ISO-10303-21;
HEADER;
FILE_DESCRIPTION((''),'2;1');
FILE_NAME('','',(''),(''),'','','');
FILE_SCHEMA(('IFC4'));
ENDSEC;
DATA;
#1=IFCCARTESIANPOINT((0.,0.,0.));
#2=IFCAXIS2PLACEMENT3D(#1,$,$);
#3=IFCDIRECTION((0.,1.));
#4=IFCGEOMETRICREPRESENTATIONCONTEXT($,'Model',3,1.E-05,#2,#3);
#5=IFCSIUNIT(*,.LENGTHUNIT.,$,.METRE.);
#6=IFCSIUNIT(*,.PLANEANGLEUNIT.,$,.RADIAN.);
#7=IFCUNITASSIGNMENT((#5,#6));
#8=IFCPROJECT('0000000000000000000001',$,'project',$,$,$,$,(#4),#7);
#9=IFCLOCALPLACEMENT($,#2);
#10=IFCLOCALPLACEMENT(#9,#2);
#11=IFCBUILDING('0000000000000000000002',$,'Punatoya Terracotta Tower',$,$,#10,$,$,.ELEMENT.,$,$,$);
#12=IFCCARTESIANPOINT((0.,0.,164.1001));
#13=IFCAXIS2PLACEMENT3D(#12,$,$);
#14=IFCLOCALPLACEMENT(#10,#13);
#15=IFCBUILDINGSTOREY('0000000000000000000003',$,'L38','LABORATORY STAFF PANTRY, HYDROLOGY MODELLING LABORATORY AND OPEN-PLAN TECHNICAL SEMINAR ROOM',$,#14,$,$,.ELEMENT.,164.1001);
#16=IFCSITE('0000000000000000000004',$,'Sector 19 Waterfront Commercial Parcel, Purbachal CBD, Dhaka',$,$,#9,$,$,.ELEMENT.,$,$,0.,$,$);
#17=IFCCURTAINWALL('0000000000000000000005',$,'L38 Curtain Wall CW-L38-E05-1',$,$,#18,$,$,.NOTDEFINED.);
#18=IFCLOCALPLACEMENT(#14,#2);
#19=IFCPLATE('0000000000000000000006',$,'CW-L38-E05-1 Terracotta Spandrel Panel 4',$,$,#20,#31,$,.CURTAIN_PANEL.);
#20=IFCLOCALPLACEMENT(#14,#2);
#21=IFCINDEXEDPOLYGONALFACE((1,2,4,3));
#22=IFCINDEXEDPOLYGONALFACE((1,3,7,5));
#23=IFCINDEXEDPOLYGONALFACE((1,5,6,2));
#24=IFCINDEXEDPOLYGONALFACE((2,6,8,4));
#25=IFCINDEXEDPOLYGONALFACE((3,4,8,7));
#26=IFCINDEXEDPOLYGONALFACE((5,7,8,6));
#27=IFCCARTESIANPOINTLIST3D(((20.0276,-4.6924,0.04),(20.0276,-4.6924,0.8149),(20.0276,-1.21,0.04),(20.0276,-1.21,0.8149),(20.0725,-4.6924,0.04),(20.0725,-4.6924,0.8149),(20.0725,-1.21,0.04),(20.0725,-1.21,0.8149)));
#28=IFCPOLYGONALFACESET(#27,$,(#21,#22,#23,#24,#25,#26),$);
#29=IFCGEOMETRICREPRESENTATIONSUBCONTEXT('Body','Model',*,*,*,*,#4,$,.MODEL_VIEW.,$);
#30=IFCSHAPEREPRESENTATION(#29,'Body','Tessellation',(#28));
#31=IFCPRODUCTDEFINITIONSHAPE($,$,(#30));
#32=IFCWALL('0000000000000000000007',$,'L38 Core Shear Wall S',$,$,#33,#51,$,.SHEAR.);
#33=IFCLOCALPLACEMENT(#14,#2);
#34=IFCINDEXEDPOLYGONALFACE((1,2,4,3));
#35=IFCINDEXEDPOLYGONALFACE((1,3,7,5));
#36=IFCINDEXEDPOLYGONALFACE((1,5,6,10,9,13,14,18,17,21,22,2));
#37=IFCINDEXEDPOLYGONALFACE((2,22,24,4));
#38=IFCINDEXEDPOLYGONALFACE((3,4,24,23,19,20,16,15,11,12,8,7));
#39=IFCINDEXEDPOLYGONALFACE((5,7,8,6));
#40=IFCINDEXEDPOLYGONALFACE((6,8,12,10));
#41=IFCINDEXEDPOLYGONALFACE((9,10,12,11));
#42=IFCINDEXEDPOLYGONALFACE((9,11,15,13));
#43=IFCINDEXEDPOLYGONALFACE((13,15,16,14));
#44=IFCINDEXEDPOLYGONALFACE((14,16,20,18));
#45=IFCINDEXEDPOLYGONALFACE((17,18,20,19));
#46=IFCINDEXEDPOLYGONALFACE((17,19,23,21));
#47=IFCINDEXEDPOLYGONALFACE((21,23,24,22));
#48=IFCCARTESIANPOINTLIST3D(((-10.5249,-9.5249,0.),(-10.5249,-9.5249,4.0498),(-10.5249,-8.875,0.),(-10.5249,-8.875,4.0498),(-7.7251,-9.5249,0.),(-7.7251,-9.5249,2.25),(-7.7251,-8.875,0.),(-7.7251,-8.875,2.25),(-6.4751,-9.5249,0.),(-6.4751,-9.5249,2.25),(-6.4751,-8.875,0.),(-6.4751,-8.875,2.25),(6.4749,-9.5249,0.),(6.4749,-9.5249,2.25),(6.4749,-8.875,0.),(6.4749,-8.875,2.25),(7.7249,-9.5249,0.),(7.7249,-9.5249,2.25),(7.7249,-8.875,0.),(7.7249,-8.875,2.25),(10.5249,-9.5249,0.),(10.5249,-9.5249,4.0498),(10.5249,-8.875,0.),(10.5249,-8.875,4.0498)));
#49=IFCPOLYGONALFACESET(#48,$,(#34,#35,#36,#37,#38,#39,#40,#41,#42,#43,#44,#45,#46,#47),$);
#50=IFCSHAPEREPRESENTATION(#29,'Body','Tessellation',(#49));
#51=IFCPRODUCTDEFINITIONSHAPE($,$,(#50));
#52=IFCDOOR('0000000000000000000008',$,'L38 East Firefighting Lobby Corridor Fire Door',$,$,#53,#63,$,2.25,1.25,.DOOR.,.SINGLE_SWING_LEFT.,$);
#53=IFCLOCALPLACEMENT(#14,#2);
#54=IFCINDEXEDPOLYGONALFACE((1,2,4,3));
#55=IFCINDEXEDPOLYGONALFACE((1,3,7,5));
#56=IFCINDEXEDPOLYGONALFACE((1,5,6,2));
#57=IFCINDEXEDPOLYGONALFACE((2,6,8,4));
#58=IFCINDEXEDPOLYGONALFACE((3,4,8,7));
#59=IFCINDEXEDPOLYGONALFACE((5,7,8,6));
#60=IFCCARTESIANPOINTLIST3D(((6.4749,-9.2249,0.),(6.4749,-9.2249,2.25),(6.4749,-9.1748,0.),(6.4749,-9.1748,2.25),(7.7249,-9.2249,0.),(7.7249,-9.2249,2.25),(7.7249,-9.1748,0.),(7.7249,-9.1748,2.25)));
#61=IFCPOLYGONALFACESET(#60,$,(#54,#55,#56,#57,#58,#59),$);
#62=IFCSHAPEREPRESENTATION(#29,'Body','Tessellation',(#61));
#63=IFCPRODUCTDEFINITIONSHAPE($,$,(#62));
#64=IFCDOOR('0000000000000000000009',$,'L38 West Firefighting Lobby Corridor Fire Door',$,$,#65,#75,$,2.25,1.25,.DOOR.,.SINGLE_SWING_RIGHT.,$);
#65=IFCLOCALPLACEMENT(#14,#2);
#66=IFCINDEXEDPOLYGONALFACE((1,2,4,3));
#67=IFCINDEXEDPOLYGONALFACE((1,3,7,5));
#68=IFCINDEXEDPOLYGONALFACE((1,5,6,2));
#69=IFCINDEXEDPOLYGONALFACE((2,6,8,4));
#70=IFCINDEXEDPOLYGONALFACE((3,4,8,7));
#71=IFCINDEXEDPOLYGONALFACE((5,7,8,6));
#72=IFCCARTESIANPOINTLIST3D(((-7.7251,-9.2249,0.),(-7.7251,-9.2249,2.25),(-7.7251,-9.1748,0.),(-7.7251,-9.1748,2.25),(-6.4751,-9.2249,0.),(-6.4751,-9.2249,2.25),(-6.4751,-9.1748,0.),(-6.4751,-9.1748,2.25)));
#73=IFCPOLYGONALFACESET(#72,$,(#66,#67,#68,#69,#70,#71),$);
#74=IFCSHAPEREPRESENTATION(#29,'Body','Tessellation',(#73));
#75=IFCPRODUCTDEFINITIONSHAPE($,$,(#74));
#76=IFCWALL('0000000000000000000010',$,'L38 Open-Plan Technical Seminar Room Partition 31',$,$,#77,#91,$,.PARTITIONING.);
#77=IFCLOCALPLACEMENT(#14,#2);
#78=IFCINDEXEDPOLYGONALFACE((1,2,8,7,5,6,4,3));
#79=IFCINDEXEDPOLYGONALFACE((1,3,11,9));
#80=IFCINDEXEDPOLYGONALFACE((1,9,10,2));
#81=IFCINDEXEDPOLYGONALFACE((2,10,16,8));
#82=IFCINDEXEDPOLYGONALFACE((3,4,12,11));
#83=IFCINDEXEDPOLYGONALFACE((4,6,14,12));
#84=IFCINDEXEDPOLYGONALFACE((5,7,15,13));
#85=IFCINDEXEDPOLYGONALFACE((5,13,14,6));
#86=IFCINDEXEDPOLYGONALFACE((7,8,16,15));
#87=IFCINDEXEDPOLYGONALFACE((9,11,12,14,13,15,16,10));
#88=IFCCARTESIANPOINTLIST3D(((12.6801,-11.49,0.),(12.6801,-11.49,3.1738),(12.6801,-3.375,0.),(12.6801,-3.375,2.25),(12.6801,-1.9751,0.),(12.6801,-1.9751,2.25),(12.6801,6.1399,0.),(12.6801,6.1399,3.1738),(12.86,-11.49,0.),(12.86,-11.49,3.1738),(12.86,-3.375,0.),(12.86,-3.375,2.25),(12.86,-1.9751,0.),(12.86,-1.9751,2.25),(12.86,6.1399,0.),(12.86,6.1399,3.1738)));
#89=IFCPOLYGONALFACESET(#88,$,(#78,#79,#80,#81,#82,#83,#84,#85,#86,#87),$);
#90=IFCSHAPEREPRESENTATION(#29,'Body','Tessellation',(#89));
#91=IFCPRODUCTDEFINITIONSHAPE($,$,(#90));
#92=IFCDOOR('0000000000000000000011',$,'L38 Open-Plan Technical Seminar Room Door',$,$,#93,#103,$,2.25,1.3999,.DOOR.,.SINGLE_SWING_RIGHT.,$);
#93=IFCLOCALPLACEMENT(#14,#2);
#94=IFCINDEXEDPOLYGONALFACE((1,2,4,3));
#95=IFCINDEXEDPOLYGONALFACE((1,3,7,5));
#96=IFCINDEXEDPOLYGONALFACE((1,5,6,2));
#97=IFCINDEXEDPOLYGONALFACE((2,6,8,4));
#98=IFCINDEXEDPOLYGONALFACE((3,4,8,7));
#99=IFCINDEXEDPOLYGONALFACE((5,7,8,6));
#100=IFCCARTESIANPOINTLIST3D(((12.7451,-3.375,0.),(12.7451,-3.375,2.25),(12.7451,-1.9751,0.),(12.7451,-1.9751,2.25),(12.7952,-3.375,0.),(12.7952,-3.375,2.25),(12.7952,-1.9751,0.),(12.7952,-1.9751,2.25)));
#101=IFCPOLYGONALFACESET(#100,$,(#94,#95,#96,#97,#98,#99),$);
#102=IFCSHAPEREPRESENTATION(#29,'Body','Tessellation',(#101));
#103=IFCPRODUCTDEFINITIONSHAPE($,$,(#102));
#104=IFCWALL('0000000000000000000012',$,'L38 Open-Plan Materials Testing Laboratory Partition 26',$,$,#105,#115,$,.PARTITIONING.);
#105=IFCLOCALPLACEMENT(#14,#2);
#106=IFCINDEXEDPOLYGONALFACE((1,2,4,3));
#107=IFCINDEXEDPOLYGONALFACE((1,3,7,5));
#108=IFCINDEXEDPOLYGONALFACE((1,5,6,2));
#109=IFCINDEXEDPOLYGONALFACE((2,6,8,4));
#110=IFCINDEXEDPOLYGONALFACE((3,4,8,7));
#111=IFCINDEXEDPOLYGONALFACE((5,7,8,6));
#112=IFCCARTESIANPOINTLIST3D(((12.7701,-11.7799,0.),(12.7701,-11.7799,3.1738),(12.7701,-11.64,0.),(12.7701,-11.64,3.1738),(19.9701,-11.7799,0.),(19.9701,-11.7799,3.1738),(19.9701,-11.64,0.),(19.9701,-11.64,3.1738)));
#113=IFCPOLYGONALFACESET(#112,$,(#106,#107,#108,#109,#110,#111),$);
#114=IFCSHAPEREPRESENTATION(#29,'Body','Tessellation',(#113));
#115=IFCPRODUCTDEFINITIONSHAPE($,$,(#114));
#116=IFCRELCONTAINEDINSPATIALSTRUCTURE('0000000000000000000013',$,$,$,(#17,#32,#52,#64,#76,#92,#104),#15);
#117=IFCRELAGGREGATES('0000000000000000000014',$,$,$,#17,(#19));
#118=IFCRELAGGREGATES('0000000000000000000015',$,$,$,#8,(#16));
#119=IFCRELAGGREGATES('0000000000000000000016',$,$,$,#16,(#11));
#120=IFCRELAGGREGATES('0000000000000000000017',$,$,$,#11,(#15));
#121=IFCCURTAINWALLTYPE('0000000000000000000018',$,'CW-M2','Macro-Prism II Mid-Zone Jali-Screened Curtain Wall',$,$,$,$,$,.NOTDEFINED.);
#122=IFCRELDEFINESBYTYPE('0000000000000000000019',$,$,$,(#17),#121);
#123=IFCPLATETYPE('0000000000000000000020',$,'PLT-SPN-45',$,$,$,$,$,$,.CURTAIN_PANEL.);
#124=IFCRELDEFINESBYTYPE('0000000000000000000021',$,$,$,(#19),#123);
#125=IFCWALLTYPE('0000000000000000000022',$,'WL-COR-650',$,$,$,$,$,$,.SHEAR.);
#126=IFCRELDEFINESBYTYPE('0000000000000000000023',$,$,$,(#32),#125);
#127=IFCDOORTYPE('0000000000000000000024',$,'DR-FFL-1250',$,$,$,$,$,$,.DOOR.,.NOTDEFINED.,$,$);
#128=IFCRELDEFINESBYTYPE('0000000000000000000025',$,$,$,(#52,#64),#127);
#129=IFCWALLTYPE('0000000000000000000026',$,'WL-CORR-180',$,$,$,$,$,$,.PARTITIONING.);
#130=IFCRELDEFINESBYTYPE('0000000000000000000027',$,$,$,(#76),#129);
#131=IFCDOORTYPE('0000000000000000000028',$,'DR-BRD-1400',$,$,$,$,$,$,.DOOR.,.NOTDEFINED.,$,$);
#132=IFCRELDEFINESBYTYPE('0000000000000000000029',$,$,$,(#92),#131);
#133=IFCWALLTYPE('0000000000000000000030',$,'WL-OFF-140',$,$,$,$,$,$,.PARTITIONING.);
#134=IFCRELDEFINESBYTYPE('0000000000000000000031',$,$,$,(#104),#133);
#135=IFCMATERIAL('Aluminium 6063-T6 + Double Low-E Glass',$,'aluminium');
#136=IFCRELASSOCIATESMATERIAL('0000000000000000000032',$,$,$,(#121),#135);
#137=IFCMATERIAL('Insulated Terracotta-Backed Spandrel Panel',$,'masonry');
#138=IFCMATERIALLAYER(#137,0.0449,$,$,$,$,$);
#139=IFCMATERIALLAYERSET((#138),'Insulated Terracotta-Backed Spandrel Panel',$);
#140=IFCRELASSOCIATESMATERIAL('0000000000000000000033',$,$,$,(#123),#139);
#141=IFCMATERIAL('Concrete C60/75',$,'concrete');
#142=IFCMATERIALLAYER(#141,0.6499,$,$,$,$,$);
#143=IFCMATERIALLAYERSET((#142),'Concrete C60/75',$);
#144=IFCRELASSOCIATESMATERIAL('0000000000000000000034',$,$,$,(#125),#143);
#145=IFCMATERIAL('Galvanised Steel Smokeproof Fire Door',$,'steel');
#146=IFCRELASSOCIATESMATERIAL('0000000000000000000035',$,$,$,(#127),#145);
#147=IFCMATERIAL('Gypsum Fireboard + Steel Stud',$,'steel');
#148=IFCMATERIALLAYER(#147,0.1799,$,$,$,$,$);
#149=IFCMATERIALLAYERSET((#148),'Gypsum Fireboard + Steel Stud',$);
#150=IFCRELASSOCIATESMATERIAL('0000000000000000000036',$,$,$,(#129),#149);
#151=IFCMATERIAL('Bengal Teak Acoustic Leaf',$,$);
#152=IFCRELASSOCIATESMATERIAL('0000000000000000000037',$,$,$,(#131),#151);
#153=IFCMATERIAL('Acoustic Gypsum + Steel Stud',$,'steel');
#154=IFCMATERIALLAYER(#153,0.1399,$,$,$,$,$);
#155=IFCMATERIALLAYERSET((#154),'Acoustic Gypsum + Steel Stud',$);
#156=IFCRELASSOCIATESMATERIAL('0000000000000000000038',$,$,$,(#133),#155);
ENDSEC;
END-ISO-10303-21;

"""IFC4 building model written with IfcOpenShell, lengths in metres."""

from ifc_helpers import new_model, si_unit, direction, frame, frame_2d, origin, origin_2d, place, context, subcontext, project, spatial, rectangle, extrude, material, layer, layer_set, type_object, element, fill, aggregate, save


model = new_model("IFC4")

# Units and contexts
model_context = context("Model", 3, precision=1e-05, world=origin(), true_north=direction((0.0, 1.0)))
body_context = subcontext(model_context, "Body", "Model", "MODEL_VIEW")
ifc_project = project(units=[si_unit("LENGTHUNIT", "METRE"), si_unit("PLANEANGLEUNIT", "RADIAN")], contexts=[model_context])

# Site, building, storey
site_placement = place(None, origin())
site = spatial("IfcSite", under=ifc_project, at=site_placement, Name="Sector 19 Waterfront Commercial Parcel, Purbachal CBD, Dhaka", CompositionType="ELEMENT", RefElevation=0.0)
building_placement = place(site_placement, origin())
building = spatial("IfcBuilding", under=site, at=building_placement, Name="Punatoya Terracotta Tower", CompositionType="ELEMENT")
storey_placement = place(building_placement, frame((0.0, 0.0, 164.1001)))
storey = spatial("IfcBuildingStorey", under=building, at=storey_placement, Name="L38", Description="LABORATORY STAFF PANTRY, HYDROLOGY MODELLING LABORATORY AND OPEN-PLAN TECHNICAL SEMINAR ROOM", CompositionType="ELEMENT", Elevation=164.1001)

# Curtain wall
ifc_material_1 = material(Name="Aluminium 6063-T6 + Double Low-E Glass", Category="aluminium")
curtain_wall_type = type_object("IfcCurtainWallType", Name="CW-M2", Description="Macro-Prism II Mid-Zone Jali-Screened Curtain Wall", PredefinedType="NOTDEFINED", material=ifc_material_1)
curtain_wall_1_placement = place(storey_placement, origin())
curtain_wall_1 = element("IfcCurtainWall", 1, at=curtain_wall_1_placement, inside=storey, type_object=curtain_wall_type, Name="L38 Curtain Wall CW-L38-E05-1", PredefinedType="NOTDEFINED")

# Plate
ifc_material_2 = material(Name="Insulated Terracotta-Backed Spandrel Panel", Category="masonry")
ifc_layer_1 = layer(ifc_material_2, 0.0449)
ifc_layer_set_1 = layer_set([ifc_layer_1], Name="Insulated Terracotta-Backed Spandrel Panel")
plate_type_1 = type_object("IfcPlateType", Name="PLT-SPN-45", PredefinedType="CURTAIN_PANEL", material=ifc_layer_set_1)
plate_1_placement = place(storey_placement, frame((20.05, -2.9512, 0.04), z_axis=(0.0, 0.0, 1.0), x_axis=(0.0, 1.0, 0.0)))
plate_1 = element("IfcPlate", 2, at=plate_1_placement, type_object=plate_type_1, Name="CW-L38-E05-1 Terracotta Spandrel Panel 4", PredefinedType="CURTAIN_PANEL", context=body_context, shape_type="SweptSolid", body=[
    extrude(rectangle(XDim=3.4824, YDim=0.0449, at=origin_2d()), origin(), (0.0, 0.0, 1.0), 0.7749),
])
aggregate(curtain_wall_1, [plate_1])

# Wall, openings, doors
ifc_material_3 = material(Name="Concrete C60/75", Category="concrete")
ifc_layer_2 = layer(ifc_material_3, 0.6499)
ifc_layer_set_2 = layer_set([ifc_layer_2], Name="Concrete C60/75")
wall_type_1 = type_object("IfcWallType", Name="WL-COR-650", PredefinedType="SHEAR", material=ifc_layer_set_2)
wall_1_placement = place(storey_placement, frame((10.5249, -9.2, 0.0), z_axis=(0.0, 0.0, 1.0), x_axis=(-1.0, 0.0, 0.0)))
wall_1 = element("IfcWall", 3, at=wall_1_placement, inside=storey, type_object=wall_type_1, Name="L38 Core Shear Wall S", PredefinedType="SHEAR", context=body_context, shape_type="SweptSolid", body=[
    extrude(rectangle(XDim=21.0498, YDim=0.6499, at=frame_2d((10.5249, 0.0))), origin(), (0.0, 0.0, 1.0), 4.0498),
])
opening_1_placement = place(wall_1_placement, frame((2.8, 0.0, 0.0)))
opening_1 = element("IfcOpeningElement", 4, at=opening_1_placement, cuts=wall_1, PredefinedType="OPENING", context=body_context, shape_type="SweptSolid", body=[
    extrude(rectangle(XDim=1.25, YDim=2.25, at=frame_2d((0.625, 1.125))), frame((0.0, 0.335, 0.0), z_axis=(0.0, -1.0, 0.0), x_axis=(1.0, 0.0, 0.0)), (0.0, 0.0, 1.0), 0.6699),
])
opening_2_placement = place(wall_1_placement, frame((17.0, 0.0, 0.0)))
opening_2 = element("IfcOpeningElement", 5, at=opening_2_placement, cuts=wall_1, PredefinedType="OPENING", context=body_context, shape_type="SweptSolid", body=[
    extrude(rectangle(XDim=1.25, YDim=2.25, at=frame_2d((0.625, 1.125))), frame((0.0, 0.335, 0.0), z_axis=(0.0, -1.0, 0.0), x_axis=(1.0, 0.0, 0.0)), (0.0, 0.0, 1.0), 0.6699),
])
ifc_material_4 = material(Name="Galvanised Steel Smokeproof Fire Door", Category="steel")
door_type_1 = type_object("IfcDoorType", Name="DR-FFL-1250", OperationType="NOTDEFINED", PredefinedType="DOOR", material=ifc_material_4)
door_1_placement = place(opening_1_placement, origin())
door_1 = element("IfcDoor", 6, at=door_1_placement, inside=storey, type_object=door_type_1, Name="L38 East Firefighting Lobby Corridor Fire Door", OperationType="SINGLE_SWING_LEFT", OverallHeight=2.25, OverallWidth=1.25, PredefinedType="DOOR", context=body_context, shape_type="SweptSolid", body=[
    extrude(rectangle(XDim=1.25, YDim=2.25, at=frame_2d((0.625, 1.125))), frame((0.0, 0.0249, 0.0), z_axis=(0.0, -1.0, 0.0), x_axis=(1.0, 0.0, 0.0)), (0.0, 0.0, 1.0), 0.05),
])
fill(opening_1, door_1)
door_2_placement = place(opening_2_placement, origin())
door_2 = element("IfcDoor", 7, at=door_2_placement, inside=storey, type_object=door_type_1, Name="L38 West Firefighting Lobby Corridor Fire Door", OperationType="SINGLE_SWING_RIGHT", OverallHeight=2.25, OverallWidth=1.25, PredefinedType="DOOR", context=body_context, shape_type="SweptSolid", body=[
    extrude(rectangle(XDim=1.25, YDim=2.25, at=frame_2d((0.625, 1.125))), frame((0.0, 0.0249, 0.0), z_axis=(0.0, -1.0, 0.0), x_axis=(1.0, 0.0, 0.0)), (0.0, 0.0, 1.0), 0.05),
])
fill(opening_2, door_2)

# Wall, opening, door
ifc_material_5 = material(Name="Gypsum Fireboard + Steel Stud", Category="steel")
ifc_layer_3 = layer(ifc_material_5, 0.1799)
ifc_layer_set_3 = layer_set([ifc_layer_3], Name="Gypsum Fireboard + Steel Stud")
wall_type_2 = type_object("IfcWallType", Name="WL-CORR-180", PredefinedType="PARTITIONING", material=ifc_layer_set_3)
wall_2_placement = place(storey_placement, frame((12.77, -11.49, 0.0), z_axis=(0.0, 0.0, 1.0), x_axis=(0.0, 1.0, 0.0)))
wall_2 = element("IfcWall", 8, at=wall_2_placement, inside=storey, type_object=wall_type_2, Name="L38 Open-Plan Technical Seminar Room Partition 31", PredefinedType="PARTITIONING", context=body_context, shape_type="SweptSolid", body=[
    extrude(rectangle(XDim=17.6299, YDim=0.1799, at=frame_2d((8.8149, 0.0))), origin(), (0.0, 0.0, 1.0), 3.1738),
])
opening_3_placement = place(wall_2_placement, frame((8.115, 0.0, 0.0)))
opening_3 = element("IfcOpeningElement", 9, at=opening_3_placement, cuts=wall_2, PredefinedType="OPENING", context=body_context, shape_type="SweptSolid", body=[
    extrude(rectangle(XDim=1.3999, YDim=2.25, at=frame_2d((0.7, 1.125))), frame((0.0, 0.0999, 0.0), z_axis=(0.0, -1.0, 0.0), x_axis=(1.0, 0.0, 0.0)), (0.0, 0.0, 1.0), 0.2),
])
ifc_material_6 = material(Name="Bengal Teak Acoustic Leaf")
door_type_2 = type_object("IfcDoorType", Name="DR-BRD-1400", OperationType="NOTDEFINED", PredefinedType="DOOR", material=ifc_material_6)
door_3_placement = place(opening_3_placement, origin())
door_3 = element("IfcDoor", 10, at=door_3_placement, inside=storey, type_object=door_type_2, Name="L38 Open-Plan Technical Seminar Room Door", OperationType="SINGLE_SWING_RIGHT", OverallHeight=2.25, OverallWidth=1.3999, PredefinedType="DOOR", context=body_context, shape_type="SweptSolid", body=[
    extrude(rectangle(XDim=1.3999, YDim=2.25, at=frame_2d((0.7, 1.125))), frame((0.0, 0.0249, 0.0), z_axis=(0.0, -1.0, 0.0), x_axis=(1.0, 0.0, 0.0)), (0.0, 0.0, 1.0), 0.05),
])
fill(opening_3, door_3)

# Wall
ifc_material_7 = material(Name="Acoustic Gypsum + Steel Stud", Category="steel")
ifc_layer_4 = layer(ifc_material_7, 0.1399)
ifc_layer_set_4 = layer_set([ifc_layer_4], Name="Acoustic Gypsum + Steel Stud")
wall_type_3 = type_object("IfcWallType", Name="WL-OFF-140", PredefinedType="PARTITIONING", material=ifc_layer_set_4)
wall_3_placement = place(storey_placement, frame((12.77, -11.71, 0.0), z_axis=(0.0, 0.0, 1.0), x_axis=(1.0, 0.0, 0.0)))
element("IfcWall", 11, at=wall_3_placement, inside=storey, type_object=wall_type_3, Name="L38 Open-Plan Materials Testing Laboratory Partition 26", PredefinedType="PARTITIONING", context=body_context, shape_type="SweptSolid", body=[
    extrude(rectangle(XDim=7.2, YDim=0.1399, at=frame_2d((3.6001, 0.0))), origin(), (0.0, 0.0, 1.0), 3.1738),
])

save(model, "model.ifc")
